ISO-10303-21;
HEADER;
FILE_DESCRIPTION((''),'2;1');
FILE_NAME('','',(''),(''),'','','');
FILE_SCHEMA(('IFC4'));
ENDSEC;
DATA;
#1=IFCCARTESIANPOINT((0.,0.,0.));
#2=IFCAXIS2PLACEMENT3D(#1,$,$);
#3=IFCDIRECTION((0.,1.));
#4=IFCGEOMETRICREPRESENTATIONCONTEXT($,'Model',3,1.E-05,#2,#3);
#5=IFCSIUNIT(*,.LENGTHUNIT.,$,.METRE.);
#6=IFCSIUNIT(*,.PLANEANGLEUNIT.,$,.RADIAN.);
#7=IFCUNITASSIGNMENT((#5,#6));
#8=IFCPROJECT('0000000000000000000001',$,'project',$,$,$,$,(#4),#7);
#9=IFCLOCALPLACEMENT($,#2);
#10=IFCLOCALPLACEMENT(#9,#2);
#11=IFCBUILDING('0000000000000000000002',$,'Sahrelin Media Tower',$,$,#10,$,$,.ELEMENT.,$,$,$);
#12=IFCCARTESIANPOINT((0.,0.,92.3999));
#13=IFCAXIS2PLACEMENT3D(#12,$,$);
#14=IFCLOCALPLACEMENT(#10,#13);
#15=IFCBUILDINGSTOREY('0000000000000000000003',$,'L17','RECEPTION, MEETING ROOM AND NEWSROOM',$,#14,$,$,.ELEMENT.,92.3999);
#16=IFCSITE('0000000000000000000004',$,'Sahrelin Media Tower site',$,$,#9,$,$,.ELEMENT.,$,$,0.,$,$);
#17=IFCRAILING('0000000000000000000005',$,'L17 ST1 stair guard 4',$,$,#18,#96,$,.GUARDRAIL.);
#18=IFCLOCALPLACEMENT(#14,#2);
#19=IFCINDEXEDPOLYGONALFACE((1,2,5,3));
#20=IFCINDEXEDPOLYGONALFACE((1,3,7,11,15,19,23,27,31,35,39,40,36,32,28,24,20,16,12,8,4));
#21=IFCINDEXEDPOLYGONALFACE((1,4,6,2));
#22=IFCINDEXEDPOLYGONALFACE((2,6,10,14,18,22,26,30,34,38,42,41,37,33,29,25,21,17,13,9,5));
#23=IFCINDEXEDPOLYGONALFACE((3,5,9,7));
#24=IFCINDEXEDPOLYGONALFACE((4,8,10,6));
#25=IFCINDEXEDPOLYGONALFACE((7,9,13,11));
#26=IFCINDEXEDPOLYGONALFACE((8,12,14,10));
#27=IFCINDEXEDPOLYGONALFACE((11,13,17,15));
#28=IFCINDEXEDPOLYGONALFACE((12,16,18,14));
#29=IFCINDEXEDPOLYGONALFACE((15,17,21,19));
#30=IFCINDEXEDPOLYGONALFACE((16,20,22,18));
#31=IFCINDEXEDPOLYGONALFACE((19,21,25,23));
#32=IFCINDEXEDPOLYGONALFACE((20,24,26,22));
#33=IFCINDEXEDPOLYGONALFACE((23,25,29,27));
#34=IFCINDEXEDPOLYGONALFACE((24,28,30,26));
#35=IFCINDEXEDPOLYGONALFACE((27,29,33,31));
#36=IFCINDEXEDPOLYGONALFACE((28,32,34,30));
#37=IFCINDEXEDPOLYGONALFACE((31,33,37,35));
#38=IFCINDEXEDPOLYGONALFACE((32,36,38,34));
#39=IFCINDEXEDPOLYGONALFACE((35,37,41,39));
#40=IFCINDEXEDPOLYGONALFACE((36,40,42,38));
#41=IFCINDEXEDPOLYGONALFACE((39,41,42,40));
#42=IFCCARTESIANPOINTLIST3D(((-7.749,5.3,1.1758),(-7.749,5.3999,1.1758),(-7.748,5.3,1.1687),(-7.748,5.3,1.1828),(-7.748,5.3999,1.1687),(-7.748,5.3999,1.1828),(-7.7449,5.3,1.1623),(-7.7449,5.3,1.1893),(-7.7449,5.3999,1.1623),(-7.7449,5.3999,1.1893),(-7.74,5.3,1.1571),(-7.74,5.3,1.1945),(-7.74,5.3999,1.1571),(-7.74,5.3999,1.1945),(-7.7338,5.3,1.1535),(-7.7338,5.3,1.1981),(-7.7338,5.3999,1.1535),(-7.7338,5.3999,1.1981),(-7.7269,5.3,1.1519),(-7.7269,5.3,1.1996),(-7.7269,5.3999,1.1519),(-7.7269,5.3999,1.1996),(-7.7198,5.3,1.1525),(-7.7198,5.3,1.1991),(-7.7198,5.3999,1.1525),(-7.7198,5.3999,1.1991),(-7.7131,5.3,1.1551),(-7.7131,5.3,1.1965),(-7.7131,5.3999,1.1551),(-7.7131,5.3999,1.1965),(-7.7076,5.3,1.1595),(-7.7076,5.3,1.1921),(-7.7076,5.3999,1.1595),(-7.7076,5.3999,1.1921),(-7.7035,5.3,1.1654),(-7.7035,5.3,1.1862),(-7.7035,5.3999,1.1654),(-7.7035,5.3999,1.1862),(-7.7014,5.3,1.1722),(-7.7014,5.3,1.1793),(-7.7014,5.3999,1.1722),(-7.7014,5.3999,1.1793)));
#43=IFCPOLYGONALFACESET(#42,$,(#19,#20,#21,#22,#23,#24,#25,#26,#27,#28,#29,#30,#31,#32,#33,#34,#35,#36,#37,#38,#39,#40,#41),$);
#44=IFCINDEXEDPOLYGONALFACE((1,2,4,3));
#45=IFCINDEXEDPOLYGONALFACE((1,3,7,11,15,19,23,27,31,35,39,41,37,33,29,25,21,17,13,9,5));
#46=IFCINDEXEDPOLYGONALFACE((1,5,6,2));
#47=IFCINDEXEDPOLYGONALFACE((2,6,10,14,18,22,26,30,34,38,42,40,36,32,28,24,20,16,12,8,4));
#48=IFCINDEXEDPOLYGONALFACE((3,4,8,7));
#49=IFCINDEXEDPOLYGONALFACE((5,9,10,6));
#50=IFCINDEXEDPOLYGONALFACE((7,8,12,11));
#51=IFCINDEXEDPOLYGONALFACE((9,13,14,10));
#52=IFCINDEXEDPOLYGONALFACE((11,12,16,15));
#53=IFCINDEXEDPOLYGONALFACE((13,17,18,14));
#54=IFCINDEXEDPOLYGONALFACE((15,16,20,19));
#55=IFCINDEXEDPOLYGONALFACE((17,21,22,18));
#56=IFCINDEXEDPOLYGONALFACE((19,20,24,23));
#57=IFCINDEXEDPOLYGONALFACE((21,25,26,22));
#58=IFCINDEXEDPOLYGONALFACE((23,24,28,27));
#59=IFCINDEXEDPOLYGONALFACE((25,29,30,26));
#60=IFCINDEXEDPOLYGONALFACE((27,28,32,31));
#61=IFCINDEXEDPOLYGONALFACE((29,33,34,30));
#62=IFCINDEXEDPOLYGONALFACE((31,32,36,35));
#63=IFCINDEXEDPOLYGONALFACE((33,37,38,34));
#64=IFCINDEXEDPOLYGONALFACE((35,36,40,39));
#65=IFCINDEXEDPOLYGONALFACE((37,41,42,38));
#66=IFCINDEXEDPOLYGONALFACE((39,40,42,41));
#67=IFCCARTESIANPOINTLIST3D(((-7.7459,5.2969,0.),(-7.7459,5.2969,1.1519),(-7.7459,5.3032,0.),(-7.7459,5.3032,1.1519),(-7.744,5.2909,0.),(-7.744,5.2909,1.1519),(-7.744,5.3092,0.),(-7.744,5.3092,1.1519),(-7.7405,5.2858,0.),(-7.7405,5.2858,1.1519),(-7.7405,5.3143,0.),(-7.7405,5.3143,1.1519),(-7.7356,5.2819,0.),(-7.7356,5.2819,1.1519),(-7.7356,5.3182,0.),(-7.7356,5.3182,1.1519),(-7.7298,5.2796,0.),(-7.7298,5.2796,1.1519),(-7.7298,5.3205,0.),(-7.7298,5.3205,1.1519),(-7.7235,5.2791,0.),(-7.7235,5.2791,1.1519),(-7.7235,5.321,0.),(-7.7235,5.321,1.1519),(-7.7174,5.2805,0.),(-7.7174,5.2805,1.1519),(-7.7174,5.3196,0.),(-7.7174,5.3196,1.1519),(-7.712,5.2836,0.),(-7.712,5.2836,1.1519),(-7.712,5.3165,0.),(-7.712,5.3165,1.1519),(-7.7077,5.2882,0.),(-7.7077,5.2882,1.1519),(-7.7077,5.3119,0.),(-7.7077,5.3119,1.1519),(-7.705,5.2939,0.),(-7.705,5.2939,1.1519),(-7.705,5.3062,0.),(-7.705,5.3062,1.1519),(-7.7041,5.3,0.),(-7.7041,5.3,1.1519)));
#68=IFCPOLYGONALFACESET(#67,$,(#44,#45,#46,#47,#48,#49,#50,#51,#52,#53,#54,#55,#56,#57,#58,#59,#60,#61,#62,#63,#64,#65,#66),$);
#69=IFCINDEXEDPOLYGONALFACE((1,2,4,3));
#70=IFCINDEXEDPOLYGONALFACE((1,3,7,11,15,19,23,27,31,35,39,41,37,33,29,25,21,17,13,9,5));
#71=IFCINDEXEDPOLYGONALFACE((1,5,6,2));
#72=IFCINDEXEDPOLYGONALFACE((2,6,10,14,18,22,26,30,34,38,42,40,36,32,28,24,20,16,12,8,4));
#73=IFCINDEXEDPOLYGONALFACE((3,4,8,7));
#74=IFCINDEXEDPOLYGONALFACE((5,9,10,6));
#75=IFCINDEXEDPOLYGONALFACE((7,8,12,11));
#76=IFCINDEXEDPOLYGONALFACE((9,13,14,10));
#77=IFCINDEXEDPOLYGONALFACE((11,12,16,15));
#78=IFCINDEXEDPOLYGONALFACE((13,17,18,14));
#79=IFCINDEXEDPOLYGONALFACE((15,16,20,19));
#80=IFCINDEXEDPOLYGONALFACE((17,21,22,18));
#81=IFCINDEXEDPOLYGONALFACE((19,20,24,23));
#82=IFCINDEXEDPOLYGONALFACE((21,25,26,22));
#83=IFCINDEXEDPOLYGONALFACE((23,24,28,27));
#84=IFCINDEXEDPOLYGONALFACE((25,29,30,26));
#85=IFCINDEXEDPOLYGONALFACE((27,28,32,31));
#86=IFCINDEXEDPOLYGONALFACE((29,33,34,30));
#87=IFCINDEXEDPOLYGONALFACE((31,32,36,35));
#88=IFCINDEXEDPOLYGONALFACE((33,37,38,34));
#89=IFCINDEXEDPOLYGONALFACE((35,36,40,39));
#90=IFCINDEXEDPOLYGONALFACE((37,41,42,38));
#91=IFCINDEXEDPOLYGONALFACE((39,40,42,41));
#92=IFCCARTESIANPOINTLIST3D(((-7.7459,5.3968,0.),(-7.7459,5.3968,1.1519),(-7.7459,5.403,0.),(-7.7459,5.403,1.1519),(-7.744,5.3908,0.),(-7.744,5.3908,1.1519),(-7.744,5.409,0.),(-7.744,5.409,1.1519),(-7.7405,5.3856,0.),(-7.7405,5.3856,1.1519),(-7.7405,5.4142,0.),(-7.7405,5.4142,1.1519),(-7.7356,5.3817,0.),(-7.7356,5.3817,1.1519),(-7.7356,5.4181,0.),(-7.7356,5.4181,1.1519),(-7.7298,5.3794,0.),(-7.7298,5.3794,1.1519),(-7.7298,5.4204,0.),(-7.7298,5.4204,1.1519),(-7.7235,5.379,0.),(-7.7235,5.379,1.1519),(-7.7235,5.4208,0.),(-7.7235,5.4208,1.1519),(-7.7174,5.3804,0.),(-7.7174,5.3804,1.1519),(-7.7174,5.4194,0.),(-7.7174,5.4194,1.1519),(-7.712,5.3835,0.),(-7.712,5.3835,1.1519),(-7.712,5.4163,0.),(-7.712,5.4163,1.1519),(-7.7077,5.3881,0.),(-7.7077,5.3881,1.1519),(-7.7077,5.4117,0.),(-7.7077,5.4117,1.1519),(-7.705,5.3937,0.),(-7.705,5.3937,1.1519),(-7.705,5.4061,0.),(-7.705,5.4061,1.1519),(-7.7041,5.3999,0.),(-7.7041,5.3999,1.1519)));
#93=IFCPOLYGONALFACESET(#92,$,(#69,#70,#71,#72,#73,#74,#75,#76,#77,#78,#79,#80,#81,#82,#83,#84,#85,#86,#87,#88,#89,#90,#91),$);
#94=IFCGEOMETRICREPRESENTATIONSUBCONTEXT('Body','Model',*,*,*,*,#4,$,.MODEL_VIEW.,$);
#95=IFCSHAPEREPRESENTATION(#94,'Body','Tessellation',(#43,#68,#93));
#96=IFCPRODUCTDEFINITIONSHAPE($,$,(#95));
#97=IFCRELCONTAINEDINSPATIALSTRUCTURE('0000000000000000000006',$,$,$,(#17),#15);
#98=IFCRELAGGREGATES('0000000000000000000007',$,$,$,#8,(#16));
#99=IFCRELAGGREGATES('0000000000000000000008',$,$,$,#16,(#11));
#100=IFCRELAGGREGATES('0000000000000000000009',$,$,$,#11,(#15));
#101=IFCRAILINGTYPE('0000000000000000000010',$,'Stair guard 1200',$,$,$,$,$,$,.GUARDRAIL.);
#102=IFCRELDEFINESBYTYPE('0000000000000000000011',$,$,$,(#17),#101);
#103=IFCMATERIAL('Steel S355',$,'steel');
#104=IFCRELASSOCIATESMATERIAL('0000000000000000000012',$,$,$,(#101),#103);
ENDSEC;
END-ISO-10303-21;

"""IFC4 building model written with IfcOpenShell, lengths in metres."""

from ifc_helpers import new_model, si_unit, direction, frame, origin, origin_2d, place, context, subcontext, project, spatial, circle, extrude, material, type_object, element, save


model = new_model("IFC4")

# Units and contexts
model_context = context("Model", 3, precision=1e-05, world=origin(), true_north=direction((0.0, 1.0)))
body_context = subcontext(model_context, "Body", "Model", "MODEL_VIEW")
ifc_project = project(units=[si_unit("LENGTHUNIT", "METRE"), si_unit("PLANEANGLEUNIT", "RADIAN")], contexts=[model_context])

# Site, building, storey
site_placement = place(None, origin())
site = spatial("IfcSite", under=ifc_project, at=site_placement, Name="Sahrelin Media Tower site", CompositionType="ELEMENT", RefElevation=0.0)
building_placement = place(site_placement, origin())
building = spatial("IfcBuilding", under=site, at=building_placement, Name="Sahrelin Media Tower", CompositionType="ELEMENT")
storey_placement = place(building_placement, frame((0.0, 0.0, 92.3999)))
storey = spatial("IfcBuildingStorey", under=building, at=storey_placement, Name="L17", Description="RECEPTION, MEETING ROOM AND NEWSROOM", CompositionType="ELEMENT", Elevation=92.3999)

# Shared definitions
ifc_material_1 = material(Name="Steel S355", Category="steel")

# Railing
railing_type_1 = type_object("IfcRailingType", Name="Stair guard 1200", PredefinedType="GUARDRAIL", material=ifc_material_1)
railing_1_placement = place(storey_placement, frame((-7.7251, 5.3, 0.0)))
element("IfcRailing", 1, at=railing_1_placement, inside=storey, type_object=railing_type_1, Name="L17 ST1 stair guard 4", PredefinedType="GUARDRAIL", context=body_context, shape_type="SweptSolid", body=[
    extrude(circle(Radius=0.0239, at=origin_2d()), frame((0.0, 0.0, 1.1758), z_axis=(0.0, 1.0, 0.0), x_axis=(-1.0, 0.0, 0.0)), (0.0, 0.0, 1.0), 0.0999),
    extrude(circle(Radius=0.021, at=origin_2d()), origin(), (0.0, 0.0, 1.0), 1.1519),
    extrude(circle(Radius=0.021, at=origin_2d()), frame((0.0, 0.0999, 0.0)), (0.0, 0.0, 1.0), 1.1519),
])

save(model, "model.ifc")
